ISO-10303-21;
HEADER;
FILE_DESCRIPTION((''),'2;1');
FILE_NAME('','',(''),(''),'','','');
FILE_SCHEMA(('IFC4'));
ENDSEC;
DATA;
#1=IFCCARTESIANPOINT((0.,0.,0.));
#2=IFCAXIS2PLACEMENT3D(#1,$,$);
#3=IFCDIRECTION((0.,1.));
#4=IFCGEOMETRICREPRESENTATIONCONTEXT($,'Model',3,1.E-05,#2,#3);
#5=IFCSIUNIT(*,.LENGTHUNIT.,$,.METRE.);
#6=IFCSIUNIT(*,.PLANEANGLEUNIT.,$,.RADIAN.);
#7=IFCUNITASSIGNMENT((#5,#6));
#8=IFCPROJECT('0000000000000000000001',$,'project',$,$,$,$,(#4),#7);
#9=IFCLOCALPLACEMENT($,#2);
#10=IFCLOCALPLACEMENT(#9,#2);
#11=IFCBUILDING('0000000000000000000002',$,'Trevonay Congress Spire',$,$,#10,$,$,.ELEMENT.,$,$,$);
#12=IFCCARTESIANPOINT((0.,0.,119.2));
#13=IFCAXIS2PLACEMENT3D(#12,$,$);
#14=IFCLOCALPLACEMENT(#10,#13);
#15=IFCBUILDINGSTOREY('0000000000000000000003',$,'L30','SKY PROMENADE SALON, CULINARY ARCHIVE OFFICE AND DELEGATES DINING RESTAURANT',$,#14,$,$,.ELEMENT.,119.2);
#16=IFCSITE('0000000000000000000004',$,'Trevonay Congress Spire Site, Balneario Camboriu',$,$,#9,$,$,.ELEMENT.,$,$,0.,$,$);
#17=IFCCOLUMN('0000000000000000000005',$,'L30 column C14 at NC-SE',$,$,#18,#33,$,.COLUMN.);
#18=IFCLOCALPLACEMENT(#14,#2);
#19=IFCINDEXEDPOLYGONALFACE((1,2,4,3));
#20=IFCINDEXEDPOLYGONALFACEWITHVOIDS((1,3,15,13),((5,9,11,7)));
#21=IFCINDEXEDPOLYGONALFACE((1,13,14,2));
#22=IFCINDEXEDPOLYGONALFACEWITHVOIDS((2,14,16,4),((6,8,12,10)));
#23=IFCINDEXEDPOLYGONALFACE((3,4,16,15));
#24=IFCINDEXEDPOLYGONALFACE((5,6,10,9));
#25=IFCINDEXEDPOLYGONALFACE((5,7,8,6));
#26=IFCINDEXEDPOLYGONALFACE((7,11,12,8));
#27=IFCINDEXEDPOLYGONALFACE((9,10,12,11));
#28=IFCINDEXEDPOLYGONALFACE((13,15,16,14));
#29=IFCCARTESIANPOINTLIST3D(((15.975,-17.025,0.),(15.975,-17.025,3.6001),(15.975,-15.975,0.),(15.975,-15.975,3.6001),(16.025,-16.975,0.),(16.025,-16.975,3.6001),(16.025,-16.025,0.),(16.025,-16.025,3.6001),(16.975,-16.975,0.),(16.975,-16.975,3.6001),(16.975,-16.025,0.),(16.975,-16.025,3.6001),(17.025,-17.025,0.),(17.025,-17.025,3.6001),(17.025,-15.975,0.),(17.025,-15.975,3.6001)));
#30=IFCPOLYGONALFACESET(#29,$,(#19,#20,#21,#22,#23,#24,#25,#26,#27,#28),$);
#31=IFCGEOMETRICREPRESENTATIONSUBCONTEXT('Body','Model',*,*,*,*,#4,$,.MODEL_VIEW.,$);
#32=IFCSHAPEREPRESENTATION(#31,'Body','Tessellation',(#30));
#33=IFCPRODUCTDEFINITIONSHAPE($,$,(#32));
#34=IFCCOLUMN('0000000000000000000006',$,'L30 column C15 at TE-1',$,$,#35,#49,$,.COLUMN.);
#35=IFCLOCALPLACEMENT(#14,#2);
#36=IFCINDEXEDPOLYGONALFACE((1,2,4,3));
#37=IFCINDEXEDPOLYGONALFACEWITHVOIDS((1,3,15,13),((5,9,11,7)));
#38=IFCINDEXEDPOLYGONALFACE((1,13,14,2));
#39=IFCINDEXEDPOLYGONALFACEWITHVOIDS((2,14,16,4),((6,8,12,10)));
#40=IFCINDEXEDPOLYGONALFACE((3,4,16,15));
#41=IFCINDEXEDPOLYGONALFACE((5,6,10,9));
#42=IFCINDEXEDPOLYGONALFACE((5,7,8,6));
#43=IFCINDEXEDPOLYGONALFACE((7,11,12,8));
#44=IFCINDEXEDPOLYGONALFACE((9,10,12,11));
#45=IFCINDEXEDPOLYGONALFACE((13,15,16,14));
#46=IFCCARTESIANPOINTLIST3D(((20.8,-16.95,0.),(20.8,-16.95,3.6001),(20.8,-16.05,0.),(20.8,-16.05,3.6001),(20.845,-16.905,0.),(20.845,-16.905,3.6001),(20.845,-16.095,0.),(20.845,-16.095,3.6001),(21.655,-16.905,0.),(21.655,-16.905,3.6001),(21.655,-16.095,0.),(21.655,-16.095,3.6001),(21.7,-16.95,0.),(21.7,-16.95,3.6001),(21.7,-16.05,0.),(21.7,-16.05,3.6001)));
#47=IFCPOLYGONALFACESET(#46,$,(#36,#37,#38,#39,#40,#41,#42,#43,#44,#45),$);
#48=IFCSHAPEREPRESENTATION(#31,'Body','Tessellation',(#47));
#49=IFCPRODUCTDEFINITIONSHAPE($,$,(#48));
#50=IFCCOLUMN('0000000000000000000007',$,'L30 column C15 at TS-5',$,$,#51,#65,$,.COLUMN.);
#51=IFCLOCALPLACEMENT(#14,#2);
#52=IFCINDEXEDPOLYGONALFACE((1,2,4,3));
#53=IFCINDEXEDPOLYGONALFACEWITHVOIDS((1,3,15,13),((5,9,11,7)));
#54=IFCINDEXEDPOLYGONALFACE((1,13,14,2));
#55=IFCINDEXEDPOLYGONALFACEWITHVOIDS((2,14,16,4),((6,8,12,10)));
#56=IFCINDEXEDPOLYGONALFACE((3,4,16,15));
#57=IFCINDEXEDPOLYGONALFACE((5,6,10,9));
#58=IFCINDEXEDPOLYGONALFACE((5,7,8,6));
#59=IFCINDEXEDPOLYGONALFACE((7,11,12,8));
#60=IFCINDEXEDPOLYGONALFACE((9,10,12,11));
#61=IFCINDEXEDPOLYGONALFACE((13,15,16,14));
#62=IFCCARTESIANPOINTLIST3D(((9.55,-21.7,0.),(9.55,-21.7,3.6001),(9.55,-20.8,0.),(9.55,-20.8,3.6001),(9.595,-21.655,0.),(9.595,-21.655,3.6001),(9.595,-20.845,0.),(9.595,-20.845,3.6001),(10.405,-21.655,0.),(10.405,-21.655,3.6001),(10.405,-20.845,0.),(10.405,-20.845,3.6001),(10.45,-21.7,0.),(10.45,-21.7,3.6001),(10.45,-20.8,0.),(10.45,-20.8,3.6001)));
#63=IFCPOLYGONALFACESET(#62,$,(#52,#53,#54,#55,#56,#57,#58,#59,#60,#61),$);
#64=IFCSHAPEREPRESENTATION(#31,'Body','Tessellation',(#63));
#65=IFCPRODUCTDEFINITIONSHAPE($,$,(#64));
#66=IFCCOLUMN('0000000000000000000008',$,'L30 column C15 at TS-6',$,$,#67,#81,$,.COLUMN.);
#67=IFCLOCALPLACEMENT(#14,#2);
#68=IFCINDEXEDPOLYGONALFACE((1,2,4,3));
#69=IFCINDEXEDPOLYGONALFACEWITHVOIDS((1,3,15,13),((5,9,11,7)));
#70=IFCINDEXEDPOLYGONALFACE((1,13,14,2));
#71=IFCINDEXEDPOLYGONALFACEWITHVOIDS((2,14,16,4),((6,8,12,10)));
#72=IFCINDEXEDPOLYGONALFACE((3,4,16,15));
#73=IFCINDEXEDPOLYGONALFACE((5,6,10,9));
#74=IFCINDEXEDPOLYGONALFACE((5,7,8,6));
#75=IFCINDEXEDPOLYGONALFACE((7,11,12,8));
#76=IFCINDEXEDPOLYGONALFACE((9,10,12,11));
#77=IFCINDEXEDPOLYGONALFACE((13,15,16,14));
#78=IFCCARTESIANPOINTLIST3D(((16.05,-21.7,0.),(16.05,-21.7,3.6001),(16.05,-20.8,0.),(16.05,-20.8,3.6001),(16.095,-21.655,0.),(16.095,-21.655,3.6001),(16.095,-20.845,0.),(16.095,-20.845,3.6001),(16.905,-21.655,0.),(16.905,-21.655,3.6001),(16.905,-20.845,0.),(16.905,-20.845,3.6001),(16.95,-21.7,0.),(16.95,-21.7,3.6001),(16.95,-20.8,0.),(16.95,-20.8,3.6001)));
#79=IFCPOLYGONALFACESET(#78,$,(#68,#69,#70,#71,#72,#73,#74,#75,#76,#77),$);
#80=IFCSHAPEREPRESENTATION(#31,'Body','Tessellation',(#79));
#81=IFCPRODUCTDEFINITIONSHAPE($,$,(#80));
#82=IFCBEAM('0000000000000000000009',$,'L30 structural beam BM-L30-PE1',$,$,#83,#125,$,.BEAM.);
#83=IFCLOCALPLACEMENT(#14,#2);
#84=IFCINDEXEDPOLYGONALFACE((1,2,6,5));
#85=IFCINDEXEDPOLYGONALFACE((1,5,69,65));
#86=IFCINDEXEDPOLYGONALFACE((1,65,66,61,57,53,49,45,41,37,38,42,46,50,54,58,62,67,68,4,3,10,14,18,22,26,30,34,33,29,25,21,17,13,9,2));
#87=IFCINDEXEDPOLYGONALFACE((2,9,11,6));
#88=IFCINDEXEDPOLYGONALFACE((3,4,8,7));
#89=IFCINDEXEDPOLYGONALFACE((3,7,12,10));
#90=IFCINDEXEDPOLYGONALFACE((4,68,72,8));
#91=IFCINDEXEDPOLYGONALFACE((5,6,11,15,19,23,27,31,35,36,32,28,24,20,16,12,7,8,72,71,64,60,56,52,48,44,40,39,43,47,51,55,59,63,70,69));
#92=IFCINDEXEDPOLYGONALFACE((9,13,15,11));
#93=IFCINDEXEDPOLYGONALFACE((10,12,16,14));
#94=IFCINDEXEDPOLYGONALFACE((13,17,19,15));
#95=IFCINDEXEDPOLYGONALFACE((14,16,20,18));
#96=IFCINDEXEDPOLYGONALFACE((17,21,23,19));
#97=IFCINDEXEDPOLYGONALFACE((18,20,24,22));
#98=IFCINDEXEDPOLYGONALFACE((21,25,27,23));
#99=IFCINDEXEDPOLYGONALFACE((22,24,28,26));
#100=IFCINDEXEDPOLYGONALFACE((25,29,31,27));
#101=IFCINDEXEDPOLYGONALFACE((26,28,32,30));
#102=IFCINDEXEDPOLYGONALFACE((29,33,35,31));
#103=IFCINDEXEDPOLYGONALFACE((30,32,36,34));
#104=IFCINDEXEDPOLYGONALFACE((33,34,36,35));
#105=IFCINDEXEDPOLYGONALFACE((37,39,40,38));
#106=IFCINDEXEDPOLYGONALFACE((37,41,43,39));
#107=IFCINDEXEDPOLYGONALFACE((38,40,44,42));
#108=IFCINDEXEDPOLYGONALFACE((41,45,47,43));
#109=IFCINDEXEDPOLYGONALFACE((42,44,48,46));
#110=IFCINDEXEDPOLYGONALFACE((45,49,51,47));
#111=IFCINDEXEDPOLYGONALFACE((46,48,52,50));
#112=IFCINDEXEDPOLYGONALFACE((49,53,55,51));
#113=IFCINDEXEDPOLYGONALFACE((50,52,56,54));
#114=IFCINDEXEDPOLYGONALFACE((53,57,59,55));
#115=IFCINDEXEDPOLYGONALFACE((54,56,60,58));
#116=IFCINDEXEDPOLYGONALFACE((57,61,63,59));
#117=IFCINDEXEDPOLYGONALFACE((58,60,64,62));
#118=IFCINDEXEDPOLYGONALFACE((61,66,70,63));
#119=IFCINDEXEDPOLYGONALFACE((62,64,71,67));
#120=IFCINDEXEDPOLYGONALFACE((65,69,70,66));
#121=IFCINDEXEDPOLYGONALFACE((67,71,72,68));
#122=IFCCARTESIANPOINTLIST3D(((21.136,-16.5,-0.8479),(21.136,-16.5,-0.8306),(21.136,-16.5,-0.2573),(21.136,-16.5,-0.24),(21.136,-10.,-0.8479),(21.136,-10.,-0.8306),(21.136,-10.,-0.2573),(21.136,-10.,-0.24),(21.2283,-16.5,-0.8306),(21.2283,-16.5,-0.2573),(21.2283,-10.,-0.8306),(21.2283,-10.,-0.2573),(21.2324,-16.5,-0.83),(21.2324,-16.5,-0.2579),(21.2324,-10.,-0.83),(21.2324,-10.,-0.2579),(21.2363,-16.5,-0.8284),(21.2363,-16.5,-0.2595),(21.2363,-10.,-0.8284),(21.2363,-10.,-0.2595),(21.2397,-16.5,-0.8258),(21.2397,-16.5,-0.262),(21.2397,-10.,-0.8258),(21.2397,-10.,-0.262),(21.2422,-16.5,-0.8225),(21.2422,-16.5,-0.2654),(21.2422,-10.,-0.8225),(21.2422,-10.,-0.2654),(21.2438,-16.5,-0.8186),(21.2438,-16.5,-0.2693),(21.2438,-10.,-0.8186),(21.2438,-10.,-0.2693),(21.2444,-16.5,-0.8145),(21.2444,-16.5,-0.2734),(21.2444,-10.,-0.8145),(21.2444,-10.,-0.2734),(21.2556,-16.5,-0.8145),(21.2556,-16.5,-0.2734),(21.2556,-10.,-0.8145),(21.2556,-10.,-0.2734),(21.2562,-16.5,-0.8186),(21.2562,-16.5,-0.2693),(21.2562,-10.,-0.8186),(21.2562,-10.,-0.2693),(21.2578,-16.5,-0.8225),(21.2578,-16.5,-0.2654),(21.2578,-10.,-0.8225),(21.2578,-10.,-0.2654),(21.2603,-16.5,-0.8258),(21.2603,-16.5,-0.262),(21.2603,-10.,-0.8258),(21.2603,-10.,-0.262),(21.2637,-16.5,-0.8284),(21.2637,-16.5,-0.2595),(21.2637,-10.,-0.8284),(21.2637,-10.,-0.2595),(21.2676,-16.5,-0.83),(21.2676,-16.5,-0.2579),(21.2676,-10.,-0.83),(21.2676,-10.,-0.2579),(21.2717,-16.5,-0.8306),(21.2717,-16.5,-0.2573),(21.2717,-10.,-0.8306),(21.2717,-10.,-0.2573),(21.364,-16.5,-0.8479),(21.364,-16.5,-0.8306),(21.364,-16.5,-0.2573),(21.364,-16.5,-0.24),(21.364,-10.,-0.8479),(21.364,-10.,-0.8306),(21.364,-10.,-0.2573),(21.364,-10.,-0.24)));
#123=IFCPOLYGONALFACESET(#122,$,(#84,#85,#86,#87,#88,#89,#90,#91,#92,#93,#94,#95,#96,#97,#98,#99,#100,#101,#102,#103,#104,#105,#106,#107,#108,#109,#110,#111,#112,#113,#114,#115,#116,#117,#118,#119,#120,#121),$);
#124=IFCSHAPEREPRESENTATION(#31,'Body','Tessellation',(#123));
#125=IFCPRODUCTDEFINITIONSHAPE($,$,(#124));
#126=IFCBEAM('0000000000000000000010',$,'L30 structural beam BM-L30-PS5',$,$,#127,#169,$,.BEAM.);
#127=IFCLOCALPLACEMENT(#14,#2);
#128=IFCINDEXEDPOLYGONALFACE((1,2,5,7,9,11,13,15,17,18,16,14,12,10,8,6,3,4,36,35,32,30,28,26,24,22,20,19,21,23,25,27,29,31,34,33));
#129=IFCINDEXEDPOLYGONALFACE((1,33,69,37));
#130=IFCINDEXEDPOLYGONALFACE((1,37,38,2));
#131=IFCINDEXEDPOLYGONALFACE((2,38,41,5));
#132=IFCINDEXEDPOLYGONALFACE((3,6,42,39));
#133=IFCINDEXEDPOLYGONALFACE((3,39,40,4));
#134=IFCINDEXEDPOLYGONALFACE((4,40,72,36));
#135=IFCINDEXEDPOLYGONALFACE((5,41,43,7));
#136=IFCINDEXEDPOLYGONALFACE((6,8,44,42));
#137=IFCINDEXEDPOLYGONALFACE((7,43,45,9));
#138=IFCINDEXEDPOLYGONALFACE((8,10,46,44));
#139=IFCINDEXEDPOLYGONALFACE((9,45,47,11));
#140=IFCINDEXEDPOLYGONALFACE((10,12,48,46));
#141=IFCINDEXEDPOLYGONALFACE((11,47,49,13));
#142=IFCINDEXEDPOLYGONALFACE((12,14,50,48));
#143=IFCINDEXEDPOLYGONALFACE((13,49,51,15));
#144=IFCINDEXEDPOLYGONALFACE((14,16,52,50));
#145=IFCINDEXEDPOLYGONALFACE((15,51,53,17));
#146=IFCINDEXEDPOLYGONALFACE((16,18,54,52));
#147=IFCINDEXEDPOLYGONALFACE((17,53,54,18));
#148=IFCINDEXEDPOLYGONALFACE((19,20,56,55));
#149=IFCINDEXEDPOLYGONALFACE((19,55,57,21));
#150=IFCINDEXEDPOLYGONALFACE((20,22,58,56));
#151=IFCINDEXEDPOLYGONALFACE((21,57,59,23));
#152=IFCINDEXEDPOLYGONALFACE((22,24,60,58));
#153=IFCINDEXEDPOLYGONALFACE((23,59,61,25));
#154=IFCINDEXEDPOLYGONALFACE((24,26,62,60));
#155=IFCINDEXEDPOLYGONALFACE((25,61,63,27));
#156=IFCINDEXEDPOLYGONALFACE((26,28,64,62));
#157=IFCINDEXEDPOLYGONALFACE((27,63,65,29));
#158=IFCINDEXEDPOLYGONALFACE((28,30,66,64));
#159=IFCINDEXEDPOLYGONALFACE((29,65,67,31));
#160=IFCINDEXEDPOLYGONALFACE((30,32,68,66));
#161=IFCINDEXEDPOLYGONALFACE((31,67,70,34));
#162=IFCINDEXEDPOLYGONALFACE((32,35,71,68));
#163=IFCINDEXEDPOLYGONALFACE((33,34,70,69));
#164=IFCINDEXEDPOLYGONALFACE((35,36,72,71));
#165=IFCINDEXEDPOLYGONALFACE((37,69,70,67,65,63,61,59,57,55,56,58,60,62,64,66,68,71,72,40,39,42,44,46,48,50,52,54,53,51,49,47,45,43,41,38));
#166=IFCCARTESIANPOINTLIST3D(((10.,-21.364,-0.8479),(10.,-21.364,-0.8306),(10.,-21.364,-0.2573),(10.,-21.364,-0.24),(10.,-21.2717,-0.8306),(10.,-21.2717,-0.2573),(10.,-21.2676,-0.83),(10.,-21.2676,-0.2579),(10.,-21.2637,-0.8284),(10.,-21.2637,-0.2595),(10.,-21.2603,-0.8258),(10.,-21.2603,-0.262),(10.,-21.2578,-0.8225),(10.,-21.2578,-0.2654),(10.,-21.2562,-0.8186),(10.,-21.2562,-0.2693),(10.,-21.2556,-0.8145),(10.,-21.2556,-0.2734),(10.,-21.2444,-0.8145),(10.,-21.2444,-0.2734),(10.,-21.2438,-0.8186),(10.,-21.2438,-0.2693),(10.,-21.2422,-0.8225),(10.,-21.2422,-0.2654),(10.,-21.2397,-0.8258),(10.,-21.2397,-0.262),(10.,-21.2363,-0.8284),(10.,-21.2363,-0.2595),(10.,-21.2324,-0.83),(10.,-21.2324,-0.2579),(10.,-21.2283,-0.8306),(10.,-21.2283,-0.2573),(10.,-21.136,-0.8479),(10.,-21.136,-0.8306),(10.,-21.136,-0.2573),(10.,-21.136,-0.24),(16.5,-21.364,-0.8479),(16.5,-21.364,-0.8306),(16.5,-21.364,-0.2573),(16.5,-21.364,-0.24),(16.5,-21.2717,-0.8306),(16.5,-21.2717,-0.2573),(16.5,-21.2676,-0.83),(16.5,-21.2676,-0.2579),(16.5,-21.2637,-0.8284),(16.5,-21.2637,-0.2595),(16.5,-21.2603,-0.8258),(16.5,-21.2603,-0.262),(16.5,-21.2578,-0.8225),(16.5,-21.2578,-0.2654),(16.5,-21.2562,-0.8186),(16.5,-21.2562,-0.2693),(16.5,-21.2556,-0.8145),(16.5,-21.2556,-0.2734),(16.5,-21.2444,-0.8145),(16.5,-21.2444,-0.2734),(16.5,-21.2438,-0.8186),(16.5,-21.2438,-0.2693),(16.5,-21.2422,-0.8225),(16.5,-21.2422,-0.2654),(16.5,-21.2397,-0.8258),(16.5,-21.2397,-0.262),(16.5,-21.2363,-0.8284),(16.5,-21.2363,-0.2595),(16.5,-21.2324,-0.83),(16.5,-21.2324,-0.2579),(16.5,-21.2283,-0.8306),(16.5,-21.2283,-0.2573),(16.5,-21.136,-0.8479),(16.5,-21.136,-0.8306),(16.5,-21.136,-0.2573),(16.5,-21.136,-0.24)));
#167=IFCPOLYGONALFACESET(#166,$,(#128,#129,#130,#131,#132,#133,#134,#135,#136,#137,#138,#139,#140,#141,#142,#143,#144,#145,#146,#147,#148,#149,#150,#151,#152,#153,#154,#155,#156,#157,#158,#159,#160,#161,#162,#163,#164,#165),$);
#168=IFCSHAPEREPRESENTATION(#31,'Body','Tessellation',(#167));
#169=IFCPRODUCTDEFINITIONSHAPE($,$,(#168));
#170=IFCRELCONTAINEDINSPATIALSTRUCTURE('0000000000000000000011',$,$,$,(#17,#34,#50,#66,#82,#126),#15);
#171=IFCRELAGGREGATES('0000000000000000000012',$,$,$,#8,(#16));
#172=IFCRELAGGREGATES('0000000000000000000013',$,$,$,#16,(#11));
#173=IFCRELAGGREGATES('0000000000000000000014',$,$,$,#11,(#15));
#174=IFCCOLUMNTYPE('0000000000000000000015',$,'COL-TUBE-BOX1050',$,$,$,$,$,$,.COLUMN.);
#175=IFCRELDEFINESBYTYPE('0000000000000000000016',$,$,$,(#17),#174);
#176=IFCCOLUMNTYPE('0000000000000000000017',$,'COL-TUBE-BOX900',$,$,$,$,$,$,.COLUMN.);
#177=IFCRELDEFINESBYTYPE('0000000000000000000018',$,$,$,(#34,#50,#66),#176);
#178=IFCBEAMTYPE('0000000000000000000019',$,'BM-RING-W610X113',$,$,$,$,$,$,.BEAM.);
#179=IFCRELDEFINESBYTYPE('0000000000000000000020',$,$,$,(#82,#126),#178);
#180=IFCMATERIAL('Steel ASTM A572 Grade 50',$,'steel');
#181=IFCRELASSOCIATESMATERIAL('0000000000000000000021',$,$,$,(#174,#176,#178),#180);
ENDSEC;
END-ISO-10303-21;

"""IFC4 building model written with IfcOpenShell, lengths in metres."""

from ifc_helpers import new_model, si_unit, direction, frame, origin, origin_2d, place, context, subcontext, project, spatial, hollow_rectangle, i_section, extrude, material, material_profile, profile_set, type_object, element, save


model = new_model("IFC4")

# Units and contexts
model_context = context("Model", 3, precision=1e-05, world=origin(), true_north=direction((0.0, 1.0)))
body_context = subcontext(model_context, "Body", "Model", "MODEL_VIEW")
ifc_project = project(units=[si_unit("LENGTHUNIT", "METRE"), si_unit("PLANEANGLEUNIT", "RADIAN")], contexts=[model_context])

# Site, building, storey
site_placement = place(None, origin())
site = spatial("IfcSite", under=ifc_project, at=site_placement, Name="Trevonay Congress Spire Site, Balneario Camboriu", CompositionType="ELEMENT", RefElevation=0.0)
building_placement = place(site_placement, origin())
building = spatial("IfcBuilding", under=site, at=building_placement, Name="Trevonay Congress Spire", CompositionType="ELEMENT")
storey_placement = place(building_placement, frame((0.0, 0.0, 119.2)))
storey = spatial("IfcBuildingStorey", under=building, at=storey_placement, Name="L30", Description="SKY PROMENADE SALON, CULINARY ARCHIVE OFFICE AND DELEGATES DINING RESTAURANT", CompositionType="ELEMENT", Elevation=119.2)

# Columns
ifc_material_1 = material(Name="Steel ASTM A572 Grade 50", Category="steel")
ifc_material_profile_1 = material_profile(ifc_material_1, hollow_rectangle(XDim=1.05, YDim=1.05, WallThickness=0.05, at=origin_2d()), Name="BOX 1050x1050x50")
ifc_profile_set_1 = profile_set([ifc_material_profile_1], Name="Steel ASTM A572 Grade 50")
column_type_1 = type_object("IfcColumnType", Name="COL-TUBE-BOX1050", PredefinedType="COLUMN", material=ifc_profile_set_1)
column_placement = place(storey_placement, frame((16.5, -16.5, 0.0), z_axis=(0.0, 0.0, 1.0), x_axis=(1.0, 0.0, 0.0)))
element("IfcColumn", 1, at=column_placement, inside=storey, type_object=column_type_1, Name="L30 column C14 at NC-SE", PredefinedType="COLUMN", context=body_context, shape_type="SweptSolid", body=[
    extrude(hollow_rectangle(XDim=1.05, YDim=1.05, WallThickness=0.05, at=origin_2d()), origin(), (0.0, 0.0, 1.0), 3.6001),
])
ifc_material_profile_2 = material_profile(ifc_material_1, hollow_rectangle(XDim=0.8999, YDim=0.8999, WallThickness=0.0449, at=origin_2d()), Name="BOX 900x900x45")
ifc_profile_set_2 = profile_set([ifc_material_profile_2], Name="Steel ASTM A572 Grade 50")
column_type_2 = type_object("IfcColumnType", Name="COL-TUBE-BOX900", PredefinedType="COLUMN", material=ifc_profile_set_2)
for number, where, z_axis, x_axis, name in (
    (2, (21.25, -16.5, 0.0), (0.0, 0.0, 1.0), (1.0, 0.0, 0.0), "L30 column C15 at TE-1"),
    (3, (10.0, -21.25, 0.0), (0.0, 0.0, 1.0), (1.0, 0.0, 0.0), "L30 column C15 at TS-5"),
    (4, (16.5, -21.25, 0.0), (0.0, 0.0, 1.0), (1.0, 0.0, 0.0), "L30 column C15 at TS-6"),
):
    element("IfcColumn", number, at=place(storey_placement, frame(where, z_axis=z_axis, x_axis=x_axis)), inside=storey, type_object=column_type_2, Name=name, PredefinedType="COLUMN", context=body_context, shape_type="SweptSolid", body=[
        extrude(hollow_rectangle(XDim=0.8999, YDim=0.8999, WallThickness=0.0449, at=origin_2d()), origin(), (0.0, 0.0, 1.0), 3.6001),
    ])

# Beams
ifc_material_profile_3 = material_profile(ifc_material_1, i_section(OverallWidth=0.228, OverallDepth=0.6079, WebThickness=0.0112, FlangeThickness=0.0173, FilletRadius=0.0161, at=origin_2d()), Name="W610x113")
ifc_profile_set_3 = profile_set([ifc_material_profile_3], Name="Steel ASTM A572 Grade 50")
beam_type = type_object("IfcBeamType", Name="BM-RING-W610X113", PredefinedType="BEAM", material=ifc_profile_set_3)
for number, where, z_axis, x_axis, name in (
    (5, (21.25, -16.5, -0.5439), (0.0, 1.0, 0.0), (-1.0, 0.0, 0.0), "L30 structural beam BM-L30-PE1"),
    (6, (10.0, -21.25, -0.5439), (1.0, 0.0, 0.0), (0.0, 1.0, 0.0), "L30 structural beam BM-L30-PS5"),
):
    element("IfcBeam", number, at=place(storey_placement, frame(where, z_axis=z_axis, x_axis=x_axis)), inside=storey, type_object=beam_type, Name=name, PredefinedType="BEAM", context=body_context, shape_type="SweptSolid", body=[
        extrude(i_section(OverallWidth=0.228, OverallDepth=0.6079, WebThickness=0.0112, FlangeThickness=0.0173, FilletRadius=0.0161, at=origin_2d()), origin(), (0.0, 0.0, 1.0), 6.5),
    ])

save(model, "model.ifc")
